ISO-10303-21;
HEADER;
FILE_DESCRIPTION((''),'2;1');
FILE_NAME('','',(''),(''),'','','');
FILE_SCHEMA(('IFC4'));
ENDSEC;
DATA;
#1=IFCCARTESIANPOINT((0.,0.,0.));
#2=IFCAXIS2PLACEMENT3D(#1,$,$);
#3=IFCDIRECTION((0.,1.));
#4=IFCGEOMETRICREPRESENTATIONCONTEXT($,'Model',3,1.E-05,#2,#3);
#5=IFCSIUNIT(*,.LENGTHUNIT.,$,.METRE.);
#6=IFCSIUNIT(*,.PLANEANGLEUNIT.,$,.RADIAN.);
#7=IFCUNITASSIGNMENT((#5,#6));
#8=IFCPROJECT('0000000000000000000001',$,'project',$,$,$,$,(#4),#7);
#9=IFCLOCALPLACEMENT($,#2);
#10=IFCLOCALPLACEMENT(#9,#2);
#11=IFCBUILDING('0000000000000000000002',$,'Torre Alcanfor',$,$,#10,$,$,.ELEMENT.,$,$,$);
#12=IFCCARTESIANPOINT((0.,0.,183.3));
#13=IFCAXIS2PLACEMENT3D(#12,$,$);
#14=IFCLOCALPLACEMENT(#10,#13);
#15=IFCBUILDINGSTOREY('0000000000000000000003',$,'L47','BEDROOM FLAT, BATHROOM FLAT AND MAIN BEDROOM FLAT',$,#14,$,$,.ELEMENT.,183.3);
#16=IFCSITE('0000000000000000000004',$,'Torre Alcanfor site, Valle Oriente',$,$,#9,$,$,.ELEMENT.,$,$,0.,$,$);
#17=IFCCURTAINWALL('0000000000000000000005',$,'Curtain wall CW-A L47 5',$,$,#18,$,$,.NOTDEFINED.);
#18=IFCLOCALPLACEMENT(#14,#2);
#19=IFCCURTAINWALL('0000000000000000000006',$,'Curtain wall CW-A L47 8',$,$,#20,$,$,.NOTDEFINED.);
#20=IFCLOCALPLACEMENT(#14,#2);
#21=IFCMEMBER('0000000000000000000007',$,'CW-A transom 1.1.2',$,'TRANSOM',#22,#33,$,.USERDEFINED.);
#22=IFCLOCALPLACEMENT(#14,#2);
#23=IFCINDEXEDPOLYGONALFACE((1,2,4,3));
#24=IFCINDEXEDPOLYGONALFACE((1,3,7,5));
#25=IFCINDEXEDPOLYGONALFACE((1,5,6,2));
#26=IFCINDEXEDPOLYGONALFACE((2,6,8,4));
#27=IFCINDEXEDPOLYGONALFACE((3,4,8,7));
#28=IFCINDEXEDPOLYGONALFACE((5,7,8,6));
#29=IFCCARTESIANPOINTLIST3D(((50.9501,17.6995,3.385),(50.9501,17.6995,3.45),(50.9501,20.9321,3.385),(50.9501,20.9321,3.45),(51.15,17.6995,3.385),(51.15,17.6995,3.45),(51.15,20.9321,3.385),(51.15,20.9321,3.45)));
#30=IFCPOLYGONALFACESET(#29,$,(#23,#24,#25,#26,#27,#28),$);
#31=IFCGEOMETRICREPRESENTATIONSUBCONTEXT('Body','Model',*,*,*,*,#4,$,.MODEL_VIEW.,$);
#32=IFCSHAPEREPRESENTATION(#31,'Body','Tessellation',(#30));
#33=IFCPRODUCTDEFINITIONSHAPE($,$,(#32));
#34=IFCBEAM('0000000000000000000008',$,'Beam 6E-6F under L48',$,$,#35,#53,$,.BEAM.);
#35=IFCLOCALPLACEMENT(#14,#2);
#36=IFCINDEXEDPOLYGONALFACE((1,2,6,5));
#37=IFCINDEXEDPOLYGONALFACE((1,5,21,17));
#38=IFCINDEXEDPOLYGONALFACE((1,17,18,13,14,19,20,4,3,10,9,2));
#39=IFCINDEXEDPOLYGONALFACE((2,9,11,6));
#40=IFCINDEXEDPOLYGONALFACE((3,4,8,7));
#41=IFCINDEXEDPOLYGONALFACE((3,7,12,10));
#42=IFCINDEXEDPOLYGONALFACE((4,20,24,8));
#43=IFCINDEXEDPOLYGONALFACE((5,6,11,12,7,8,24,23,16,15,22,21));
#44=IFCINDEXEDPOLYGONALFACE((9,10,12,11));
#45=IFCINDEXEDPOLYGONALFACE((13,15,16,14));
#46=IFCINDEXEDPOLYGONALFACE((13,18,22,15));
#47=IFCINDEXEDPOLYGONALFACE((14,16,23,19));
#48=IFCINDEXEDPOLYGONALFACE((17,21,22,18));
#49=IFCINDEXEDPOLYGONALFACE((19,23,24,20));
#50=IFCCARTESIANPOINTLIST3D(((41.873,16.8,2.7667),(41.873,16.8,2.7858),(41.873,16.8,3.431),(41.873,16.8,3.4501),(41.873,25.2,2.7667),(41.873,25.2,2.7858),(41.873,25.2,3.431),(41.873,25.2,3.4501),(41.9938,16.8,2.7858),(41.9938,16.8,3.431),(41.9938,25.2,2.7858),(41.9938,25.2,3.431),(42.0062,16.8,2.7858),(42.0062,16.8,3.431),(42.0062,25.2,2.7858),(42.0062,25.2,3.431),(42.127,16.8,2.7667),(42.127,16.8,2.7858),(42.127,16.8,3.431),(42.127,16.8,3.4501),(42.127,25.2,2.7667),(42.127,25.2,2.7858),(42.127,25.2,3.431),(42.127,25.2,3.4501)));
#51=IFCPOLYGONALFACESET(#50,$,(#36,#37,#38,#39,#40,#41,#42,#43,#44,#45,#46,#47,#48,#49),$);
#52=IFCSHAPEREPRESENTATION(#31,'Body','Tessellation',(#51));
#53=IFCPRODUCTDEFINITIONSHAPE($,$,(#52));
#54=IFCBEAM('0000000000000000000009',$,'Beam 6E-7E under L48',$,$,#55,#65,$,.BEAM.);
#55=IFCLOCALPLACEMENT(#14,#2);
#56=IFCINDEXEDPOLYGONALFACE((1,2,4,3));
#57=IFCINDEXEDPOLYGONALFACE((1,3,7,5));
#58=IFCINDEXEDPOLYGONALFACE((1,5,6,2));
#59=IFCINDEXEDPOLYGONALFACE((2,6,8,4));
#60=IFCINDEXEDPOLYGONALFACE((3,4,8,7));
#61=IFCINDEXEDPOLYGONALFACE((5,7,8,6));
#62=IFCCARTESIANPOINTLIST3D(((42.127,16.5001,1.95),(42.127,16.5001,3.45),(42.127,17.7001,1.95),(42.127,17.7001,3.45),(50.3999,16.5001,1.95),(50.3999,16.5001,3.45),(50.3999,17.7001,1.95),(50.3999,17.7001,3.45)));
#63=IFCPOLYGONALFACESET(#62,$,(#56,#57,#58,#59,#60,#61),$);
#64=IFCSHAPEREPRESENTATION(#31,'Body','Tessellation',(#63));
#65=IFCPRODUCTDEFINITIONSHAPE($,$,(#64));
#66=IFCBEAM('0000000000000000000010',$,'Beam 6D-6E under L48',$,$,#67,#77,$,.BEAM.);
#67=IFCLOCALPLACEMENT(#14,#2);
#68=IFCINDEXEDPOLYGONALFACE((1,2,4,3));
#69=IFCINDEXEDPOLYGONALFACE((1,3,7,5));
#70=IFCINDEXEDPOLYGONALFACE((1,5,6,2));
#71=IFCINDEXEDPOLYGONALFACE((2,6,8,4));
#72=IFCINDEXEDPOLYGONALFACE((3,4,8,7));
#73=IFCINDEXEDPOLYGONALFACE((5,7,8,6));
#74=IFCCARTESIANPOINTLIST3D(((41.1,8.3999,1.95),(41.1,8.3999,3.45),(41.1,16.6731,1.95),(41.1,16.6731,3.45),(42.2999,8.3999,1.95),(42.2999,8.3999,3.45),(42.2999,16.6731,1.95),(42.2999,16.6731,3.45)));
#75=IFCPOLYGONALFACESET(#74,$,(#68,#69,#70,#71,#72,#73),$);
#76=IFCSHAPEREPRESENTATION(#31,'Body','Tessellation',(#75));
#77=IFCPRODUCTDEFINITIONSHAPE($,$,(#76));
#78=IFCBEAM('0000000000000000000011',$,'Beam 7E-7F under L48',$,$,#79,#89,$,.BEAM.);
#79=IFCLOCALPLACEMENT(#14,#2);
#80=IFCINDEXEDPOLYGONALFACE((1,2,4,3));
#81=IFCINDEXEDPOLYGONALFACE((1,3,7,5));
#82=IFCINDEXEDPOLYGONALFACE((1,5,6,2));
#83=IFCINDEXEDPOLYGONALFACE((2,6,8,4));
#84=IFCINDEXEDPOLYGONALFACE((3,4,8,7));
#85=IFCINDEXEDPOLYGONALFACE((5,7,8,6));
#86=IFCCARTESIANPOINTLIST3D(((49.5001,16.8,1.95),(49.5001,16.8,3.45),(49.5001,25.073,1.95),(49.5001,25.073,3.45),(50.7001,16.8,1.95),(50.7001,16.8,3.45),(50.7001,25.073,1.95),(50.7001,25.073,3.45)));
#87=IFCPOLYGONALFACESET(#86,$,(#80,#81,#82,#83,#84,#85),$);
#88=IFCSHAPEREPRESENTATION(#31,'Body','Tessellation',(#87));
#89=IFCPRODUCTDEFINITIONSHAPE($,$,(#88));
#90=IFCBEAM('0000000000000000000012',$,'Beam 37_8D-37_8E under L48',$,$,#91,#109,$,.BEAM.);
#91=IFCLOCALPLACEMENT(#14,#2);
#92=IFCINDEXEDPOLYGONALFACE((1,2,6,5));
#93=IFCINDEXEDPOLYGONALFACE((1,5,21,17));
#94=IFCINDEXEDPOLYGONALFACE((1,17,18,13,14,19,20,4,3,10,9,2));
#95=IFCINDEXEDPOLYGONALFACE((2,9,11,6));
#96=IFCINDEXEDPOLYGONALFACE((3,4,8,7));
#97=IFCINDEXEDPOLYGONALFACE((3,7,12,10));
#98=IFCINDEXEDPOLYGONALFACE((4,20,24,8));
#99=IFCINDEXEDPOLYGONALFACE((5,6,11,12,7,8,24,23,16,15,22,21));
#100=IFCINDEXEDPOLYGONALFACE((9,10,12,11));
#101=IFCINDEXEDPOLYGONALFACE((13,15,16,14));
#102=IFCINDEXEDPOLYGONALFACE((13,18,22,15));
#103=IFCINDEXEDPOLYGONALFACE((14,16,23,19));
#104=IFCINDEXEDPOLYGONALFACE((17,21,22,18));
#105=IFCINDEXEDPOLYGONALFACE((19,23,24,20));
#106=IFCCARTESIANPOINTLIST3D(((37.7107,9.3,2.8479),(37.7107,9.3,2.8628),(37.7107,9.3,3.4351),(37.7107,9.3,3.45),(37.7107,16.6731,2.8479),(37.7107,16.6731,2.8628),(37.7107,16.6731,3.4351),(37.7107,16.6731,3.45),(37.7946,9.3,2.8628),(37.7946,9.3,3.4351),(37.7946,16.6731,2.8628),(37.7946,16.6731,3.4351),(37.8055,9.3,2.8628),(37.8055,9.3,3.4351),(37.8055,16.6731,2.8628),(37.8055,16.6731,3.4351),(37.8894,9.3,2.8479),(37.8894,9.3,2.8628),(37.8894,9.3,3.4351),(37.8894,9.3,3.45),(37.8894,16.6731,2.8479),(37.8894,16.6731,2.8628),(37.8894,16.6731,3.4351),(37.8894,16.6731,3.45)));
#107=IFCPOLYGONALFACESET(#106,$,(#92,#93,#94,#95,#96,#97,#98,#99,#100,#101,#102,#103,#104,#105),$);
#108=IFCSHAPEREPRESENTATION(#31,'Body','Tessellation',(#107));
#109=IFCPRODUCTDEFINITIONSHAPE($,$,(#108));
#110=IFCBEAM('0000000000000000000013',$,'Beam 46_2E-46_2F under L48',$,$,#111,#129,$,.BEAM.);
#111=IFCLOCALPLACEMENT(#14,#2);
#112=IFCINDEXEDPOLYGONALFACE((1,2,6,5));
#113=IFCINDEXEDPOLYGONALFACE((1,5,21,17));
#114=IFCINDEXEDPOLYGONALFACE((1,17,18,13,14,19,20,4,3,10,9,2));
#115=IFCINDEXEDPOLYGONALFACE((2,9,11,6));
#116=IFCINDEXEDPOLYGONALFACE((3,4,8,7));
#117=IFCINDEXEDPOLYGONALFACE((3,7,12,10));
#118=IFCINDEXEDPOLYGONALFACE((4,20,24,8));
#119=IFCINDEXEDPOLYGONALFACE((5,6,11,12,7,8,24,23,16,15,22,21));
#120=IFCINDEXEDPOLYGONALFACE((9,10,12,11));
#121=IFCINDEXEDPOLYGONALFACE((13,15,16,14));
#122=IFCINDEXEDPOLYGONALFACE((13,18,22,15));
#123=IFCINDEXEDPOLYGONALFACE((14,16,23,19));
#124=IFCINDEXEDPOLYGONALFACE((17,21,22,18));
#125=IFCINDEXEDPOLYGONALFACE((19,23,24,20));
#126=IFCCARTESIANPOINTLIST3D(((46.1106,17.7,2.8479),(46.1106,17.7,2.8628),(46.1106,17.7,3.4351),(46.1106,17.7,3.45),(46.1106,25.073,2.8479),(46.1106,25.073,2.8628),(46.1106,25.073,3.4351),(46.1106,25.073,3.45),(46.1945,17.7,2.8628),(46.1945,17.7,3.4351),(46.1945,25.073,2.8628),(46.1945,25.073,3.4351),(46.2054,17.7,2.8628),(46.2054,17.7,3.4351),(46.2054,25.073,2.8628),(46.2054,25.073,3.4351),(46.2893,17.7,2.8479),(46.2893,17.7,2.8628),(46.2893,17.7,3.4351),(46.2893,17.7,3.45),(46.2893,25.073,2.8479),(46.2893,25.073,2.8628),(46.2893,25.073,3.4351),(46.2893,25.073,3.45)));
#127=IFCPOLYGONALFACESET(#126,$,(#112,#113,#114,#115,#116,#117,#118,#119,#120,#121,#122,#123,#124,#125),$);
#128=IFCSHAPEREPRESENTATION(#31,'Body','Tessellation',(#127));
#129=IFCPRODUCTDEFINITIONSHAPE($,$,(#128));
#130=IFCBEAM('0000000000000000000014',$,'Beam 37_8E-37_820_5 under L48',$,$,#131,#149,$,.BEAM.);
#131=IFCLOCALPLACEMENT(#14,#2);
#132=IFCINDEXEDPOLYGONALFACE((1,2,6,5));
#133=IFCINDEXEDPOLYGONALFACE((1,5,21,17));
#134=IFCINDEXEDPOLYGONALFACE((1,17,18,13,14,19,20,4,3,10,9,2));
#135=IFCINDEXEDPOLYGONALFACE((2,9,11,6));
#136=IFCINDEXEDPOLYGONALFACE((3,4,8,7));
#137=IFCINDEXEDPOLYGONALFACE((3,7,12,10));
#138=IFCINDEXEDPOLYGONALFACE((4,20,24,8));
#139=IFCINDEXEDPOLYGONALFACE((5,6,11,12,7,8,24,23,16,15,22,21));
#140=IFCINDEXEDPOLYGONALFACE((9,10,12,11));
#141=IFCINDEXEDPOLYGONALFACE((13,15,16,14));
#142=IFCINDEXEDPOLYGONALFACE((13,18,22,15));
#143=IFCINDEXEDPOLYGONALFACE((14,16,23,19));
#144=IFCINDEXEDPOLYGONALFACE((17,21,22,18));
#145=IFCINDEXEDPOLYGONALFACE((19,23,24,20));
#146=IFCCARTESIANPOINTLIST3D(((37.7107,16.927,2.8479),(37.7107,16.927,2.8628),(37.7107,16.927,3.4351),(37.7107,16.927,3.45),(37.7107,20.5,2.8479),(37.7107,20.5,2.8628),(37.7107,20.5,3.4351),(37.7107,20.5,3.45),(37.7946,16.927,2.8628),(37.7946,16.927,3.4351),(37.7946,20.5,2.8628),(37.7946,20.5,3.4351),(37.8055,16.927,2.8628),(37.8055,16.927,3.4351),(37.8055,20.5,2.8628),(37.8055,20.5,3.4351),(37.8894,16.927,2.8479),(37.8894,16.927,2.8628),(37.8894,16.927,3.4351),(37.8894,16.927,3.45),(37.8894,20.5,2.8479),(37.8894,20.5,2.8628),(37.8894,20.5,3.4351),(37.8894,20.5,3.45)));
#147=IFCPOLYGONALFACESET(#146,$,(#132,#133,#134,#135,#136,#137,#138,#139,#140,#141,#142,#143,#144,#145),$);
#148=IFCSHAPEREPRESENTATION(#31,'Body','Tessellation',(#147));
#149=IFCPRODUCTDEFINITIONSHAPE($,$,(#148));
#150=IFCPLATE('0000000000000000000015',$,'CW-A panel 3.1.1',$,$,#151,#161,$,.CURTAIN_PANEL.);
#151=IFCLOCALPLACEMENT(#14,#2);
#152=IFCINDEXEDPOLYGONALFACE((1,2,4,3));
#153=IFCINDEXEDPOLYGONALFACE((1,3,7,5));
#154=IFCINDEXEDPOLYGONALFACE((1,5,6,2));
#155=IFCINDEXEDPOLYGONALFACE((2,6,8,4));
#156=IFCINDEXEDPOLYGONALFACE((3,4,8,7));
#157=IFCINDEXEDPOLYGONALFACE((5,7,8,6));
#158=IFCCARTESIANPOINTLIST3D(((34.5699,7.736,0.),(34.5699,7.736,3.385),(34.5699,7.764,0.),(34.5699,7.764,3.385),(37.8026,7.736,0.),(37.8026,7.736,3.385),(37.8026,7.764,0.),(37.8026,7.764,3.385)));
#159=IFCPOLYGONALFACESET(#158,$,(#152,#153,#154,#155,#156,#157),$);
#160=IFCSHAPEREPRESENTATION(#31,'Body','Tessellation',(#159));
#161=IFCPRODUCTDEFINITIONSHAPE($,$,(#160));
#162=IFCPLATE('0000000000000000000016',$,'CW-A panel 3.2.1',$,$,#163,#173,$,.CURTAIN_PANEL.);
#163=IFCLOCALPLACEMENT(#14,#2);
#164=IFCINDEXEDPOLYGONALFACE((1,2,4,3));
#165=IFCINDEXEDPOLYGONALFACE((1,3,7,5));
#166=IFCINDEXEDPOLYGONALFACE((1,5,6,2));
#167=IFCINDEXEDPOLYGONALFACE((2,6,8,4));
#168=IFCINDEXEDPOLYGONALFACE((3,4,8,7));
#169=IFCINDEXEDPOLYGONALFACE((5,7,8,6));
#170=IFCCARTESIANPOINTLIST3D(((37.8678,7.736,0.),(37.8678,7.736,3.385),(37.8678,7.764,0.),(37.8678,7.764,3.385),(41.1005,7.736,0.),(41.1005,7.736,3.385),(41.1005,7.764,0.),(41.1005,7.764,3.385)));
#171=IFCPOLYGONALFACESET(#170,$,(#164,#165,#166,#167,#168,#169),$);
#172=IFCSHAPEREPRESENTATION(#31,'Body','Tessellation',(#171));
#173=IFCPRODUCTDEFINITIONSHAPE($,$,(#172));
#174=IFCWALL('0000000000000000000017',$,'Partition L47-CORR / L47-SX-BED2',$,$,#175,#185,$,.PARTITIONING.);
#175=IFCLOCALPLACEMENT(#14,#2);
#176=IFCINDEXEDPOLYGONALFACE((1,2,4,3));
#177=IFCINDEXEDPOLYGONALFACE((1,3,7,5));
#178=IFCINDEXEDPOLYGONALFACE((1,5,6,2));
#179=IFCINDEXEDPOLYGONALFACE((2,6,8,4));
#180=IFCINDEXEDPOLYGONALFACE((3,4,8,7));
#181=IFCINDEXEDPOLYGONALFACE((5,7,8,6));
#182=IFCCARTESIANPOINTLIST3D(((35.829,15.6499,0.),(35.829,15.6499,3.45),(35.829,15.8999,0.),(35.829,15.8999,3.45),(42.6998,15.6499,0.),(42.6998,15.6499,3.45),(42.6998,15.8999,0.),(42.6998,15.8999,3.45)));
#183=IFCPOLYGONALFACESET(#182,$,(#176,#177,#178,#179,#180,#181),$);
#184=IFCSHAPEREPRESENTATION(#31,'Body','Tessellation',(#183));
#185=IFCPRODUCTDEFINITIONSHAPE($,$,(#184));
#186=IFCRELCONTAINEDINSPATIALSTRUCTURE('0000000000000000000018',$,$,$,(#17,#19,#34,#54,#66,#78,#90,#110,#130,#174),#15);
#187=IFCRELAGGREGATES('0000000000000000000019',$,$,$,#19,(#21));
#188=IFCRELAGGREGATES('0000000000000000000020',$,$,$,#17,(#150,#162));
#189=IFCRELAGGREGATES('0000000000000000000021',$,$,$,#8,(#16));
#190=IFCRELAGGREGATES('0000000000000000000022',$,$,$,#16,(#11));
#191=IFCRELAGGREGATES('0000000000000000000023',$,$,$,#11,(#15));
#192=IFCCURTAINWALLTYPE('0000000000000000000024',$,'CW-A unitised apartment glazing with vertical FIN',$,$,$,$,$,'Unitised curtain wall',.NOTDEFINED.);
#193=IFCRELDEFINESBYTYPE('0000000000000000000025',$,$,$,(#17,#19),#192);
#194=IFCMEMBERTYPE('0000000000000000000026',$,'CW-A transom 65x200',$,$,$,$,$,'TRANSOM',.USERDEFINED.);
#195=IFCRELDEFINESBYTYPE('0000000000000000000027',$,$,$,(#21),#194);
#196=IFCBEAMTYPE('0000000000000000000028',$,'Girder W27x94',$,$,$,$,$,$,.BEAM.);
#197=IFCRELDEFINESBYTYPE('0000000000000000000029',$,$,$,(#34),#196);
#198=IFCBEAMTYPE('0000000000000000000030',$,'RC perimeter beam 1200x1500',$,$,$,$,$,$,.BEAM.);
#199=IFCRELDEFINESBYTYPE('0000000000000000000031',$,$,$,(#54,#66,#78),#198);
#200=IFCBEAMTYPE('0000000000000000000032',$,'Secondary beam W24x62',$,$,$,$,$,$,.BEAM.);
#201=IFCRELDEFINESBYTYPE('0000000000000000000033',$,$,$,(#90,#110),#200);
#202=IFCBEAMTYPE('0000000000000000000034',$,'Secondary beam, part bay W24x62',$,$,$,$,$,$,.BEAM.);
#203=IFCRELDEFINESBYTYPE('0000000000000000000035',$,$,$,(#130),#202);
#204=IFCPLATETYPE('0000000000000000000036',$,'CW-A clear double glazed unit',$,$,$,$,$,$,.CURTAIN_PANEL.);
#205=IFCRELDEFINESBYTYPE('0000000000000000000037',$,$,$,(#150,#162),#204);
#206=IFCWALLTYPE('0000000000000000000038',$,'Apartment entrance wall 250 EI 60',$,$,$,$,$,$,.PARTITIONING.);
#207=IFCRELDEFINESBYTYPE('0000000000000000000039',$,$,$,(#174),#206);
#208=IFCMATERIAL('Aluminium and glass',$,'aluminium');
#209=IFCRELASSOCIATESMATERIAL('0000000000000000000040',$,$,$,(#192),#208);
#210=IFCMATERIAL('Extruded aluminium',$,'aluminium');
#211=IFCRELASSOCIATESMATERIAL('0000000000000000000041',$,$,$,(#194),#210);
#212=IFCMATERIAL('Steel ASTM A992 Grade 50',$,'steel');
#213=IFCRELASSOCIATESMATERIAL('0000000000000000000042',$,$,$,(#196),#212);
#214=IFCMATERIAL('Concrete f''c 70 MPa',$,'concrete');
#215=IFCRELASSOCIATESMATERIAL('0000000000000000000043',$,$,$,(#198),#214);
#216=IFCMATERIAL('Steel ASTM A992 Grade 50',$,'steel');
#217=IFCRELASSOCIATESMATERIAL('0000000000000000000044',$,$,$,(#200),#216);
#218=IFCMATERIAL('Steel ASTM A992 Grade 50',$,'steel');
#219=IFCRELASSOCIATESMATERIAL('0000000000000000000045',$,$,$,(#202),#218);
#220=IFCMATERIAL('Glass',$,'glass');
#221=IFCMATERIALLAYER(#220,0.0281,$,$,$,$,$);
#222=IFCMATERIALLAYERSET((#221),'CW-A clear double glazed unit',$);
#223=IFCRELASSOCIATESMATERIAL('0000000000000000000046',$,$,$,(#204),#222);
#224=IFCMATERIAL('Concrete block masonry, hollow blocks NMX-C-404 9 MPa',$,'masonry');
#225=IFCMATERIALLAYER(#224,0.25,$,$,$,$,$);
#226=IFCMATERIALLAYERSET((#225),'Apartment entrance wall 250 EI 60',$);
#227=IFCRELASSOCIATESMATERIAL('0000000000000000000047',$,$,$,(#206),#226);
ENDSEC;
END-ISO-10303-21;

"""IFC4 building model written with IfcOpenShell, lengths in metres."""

from ifc_helpers import new_model, si_unit, direction, frame, frame_2d, origin, origin_2d, place, context, subcontext, project, spatial, rectangle, i_section, extrude, material, layer, layer_set, material_profile, profile_set, type_object, element, aggregate, save


model = new_model("IFC4")

# Units and contexts
model_context = context("Model", 3, precision=1e-05, world=origin(), true_north=direction((0.0, 1.0)))
body_context = subcontext(model_context, "Body", "Model", "MODEL_VIEW")
ifc_project = project(units=[si_unit("LENGTHUNIT", "METRE"), si_unit("PLANEANGLEUNIT", "RADIAN")], contexts=[model_context])

# Site, building, storey
site_placement = place(None, origin())
site = spatial("IfcSite", under=ifc_project, at=site_placement, Name="Torre Alcanfor site, Valle Oriente", CompositionType="ELEMENT", RefElevation=0.0)
building_placement = place(site_placement, origin())
building = spatial("IfcBuilding", under=site, at=building_placement, Name="Torre Alcanfor", CompositionType="ELEMENT")
storey_placement = place(building_placement, frame((0.0, 0.0, 183.3)))
storey = spatial("IfcBuildingStorey", under=building, at=storey_placement, Name="L47", Description="BEDROOM FLAT, BATHROOM FLAT AND MAIN BEDROOM FLAT", CompositionType="ELEMENT", Elevation=183.3)

# Curtain wall
ifc_material_1 = material(Name="Aluminium and glass", Category="aluminium")
curtain_wall_type = type_object("IfcCurtainWallType", Name="CW-A unitised apartment glazing with vertical FIN", ElementType="Unitised curtain wall", PredefinedType="NOTDEFINED", material=ifc_material_1)
curtain_wall_1_placement = place(storey_placement, origin())
curtain_wall_1 = element("IfcCurtainWall", 1, at=curtain_wall_1_placement, inside=storey, type_object=curtain_wall_type, Name="Curtain wall CW-A L47 5", PredefinedType="NOTDEFINED")

# Curtain wall
curtain_wall_2_placement = place(storey_placement, origin())
curtain_wall_2 = element("IfcCurtainWall", 2, at=curtain_wall_2_placement, inside=storey, type_object=curtain_wall_type, Name="Curtain wall CW-A L47 8", PredefinedType="NOTDEFINED")

# Member
ifc_material_2 = material(Name="Extruded aluminium", Category="aluminium")
ifc_material_profile_1 = material_profile(ifc_material_2, rectangle(XDim=0.2, YDim=0.0649, at=origin_2d()), Name="CW-A transom 200x65")
ifc_profile_set_1 = profile_set([ifc_material_profile_1], Name="Extruded aluminium")
member_type_1 = type_object("IfcMemberType", Name="CW-A transom 65x200", ElementType="TRANSOM", PredefinedType="USERDEFINED", material=ifc_profile_set_1)
member_1_placement = place(storey_placement, frame((51.05, 17.6995, 3.4175), z_axis=(0.0, 1.0, 0.0), x_axis=(-1.0, 0.0, 0.0)))
member_1 = element("IfcMember", 3, at=member_1_placement, type_object=member_type_1, Name="CW-A transom 1.1.2", ObjectType="TRANSOM", PredefinedType="USERDEFINED", context=body_context, shape_type="SweptSolid", body=[
    extrude(rectangle(XDim=0.2, YDim=0.0649, at=origin_2d()), origin(), (0.0, 0.0, 1.0), 3.2327),
])
aggregate(curtain_wall_2, [member_1])

# Beams
ifc_material_3 = material(Name="Steel ASTM A992 Grade 50", Category="steel")
ifc_material_profile_2 = material_profile(ifc_material_3, i_section(OverallWidth=0.2539, OverallDepth=0.6833, WebThickness=0.0125, FlangeThickness=0.019, at=origin_2d()), Name="W27x94")
ifc_profile_set_2 = profile_set([ifc_material_profile_2], Name="Steel ASTM A992 Grade 50")
beam_type_1 = type_object("IfcBeamType", Name="Girder W27x94", PredefinedType="BEAM", material=ifc_profile_set_2)
beam_1_placement = place(storey_placement, frame((42.0, 16.8, 3.1084), z_axis=(0.0, 1.0, 0.0), x_axis=(-1.0, 0.0, 0.0)))
element("IfcBeam", 4, at=beam_1_placement, inside=storey, type_object=beam_type_1, Name="Beam 6E-6F under L48", PredefinedType="BEAM", context=body_context, shape_type="SweptSolid", body=[
    extrude(i_section(OverallWidth=0.2539, OverallDepth=0.6833, WebThickness=0.0125, FlangeThickness=0.019, at=origin_2d()), origin(), (0.0, 0.0, 1.0), 8.3999),
])
ifc_material_4 = material(Name="Concrete f'c 70 MPa", Category="concrete")
ifc_material_profile_3 = material_profile(ifc_material_4, rectangle(XDim=1.2, YDim=1.5, at=origin_2d()), Name="1200x1500")
ifc_profile_set_3 = profile_set([ifc_material_profile_3], Name="Concrete f'c 70 MPa")
beam_type_2 = type_object("IfcBeamType", Name="RC perimeter beam 1200x1500", PredefinedType="BEAM", material=ifc_profile_set_3)
beam_2_placement = place(storey_placement, frame((42.127, 17.1001, 2.7), z_axis=(1.0, 0.0, 0.0), x_axis=(0.0, 1.0, 0.0)))
element("IfcBeam", 5, at=beam_2_placement, inside=storey, type_object=beam_type_2, Name="Beam 6E-7E under L48", PredefinedType="BEAM", context=body_context, shape_type="SweptSolid", body=[
    extrude(rectangle(XDim=1.2, YDim=1.5, at=origin_2d()), origin(), (0.0, 0.0, 1.0), 8.2729),
])
beam_3_placement = place(storey_placement, frame((41.7, 8.3999, 2.7), z_axis=(0.0, 1.0, 0.0), x_axis=(-1.0, 0.0, 0.0)))
element("IfcBeam", 6, at=beam_3_placement, inside=storey, type_object=beam_type_2, Name="Beam 6D-6E under L48", PredefinedType="BEAM", context=body_context, shape_type="SweptSolid", body=[
    extrude(rectangle(XDim=1.2, YDim=1.5, at=origin_2d()), origin(), (0.0, 0.0, 1.0), 8.2732),
])
beam_4_placement = place(storey_placement, frame((50.1001, 16.8, 2.7), z_axis=(0.0, 1.0, 0.0), x_axis=(-1.0, 0.0, 0.0)))
element("IfcBeam", 7, at=beam_4_placement, inside=storey, type_object=beam_type_2, Name="Beam 7E-7F under L48", PredefinedType="BEAM", context=body_context, shape_type="SweptSolid", body=[
    extrude(rectangle(XDim=1.2, YDim=1.5, at=origin_2d()), origin(), (0.0, 0.0, 1.0), 8.2729),
])
ifc_material_5 = material(Name="Steel ASTM A992 Grade 50", Category="steel")
ifc_material_profile_4 = material_profile(ifc_material_5, i_section(OverallWidth=0.1787, OverallDepth=0.6021, WebThickness=0.011, FlangeThickness=0.0149, at=origin_2d()), Name="W24x62")
ifc_profile_set_4 = profile_set([ifc_material_profile_4], Name="Steel ASTM A992 Grade 50")
beam_type_3 = type_object("IfcBeamType", Name="Secondary beam W24x62", PredefinedType="BEAM", material=ifc_profile_set_4)
for number, where, z_axis, x_axis, name in (
    (8, (37.8, 9.3, 3.1489), (0.0, 1.0, 0.0), (-1.0, 0.0, 0.0), "Beam 37_8D-37_8E under L48"),
    (9, (46.2, 17.7, 3.1489), (0.0, 1.0, 0.0), (-1.0, 0.0, 0.0), "Beam 46_2E-46_2F under L48"),
):
    element("IfcBeam", number, at=place(storey_placement, frame(where, z_axis=z_axis, x_axis=x_axis)), inside=storey, type_object=beam_type_3, Name=name, PredefinedType="BEAM", context=body_context, shape_type="SweptSolid", body=[
        extrude(i_section(OverallWidth=0.1787, OverallDepth=0.6021, WebThickness=0.011, FlangeThickness=0.0149, at=origin_2d()), origin(), (0.0, 0.0, 1.0), 7.373),
    ])
ifc_material_6 = material(Name="Steel ASTM A992 Grade 50", Category="steel")
ifc_material_profile_5 = material_profile(ifc_material_6, i_section(OverallWidth=0.1787, OverallDepth=0.6021, WebThickness=0.011, FlangeThickness=0.0149, at=origin_2d()), Name="W24x62")
ifc_profile_set_5 = profile_set([ifc_material_profile_5], Name="Steel ASTM A992 Grade 50")
beam_type_4 = type_object("IfcBeamType", Name="Secondary beam, part bay W24x62", PredefinedType="BEAM", material=ifc_profile_set_5)
beam_5_placement = place(storey_placement, frame((37.8, 16.927, 3.1489), z_axis=(0.0, 1.0, 0.0), x_axis=(-1.0, 0.0, 0.0)))
element("IfcBeam", 10, at=beam_5_placement, inside=storey, type_object=beam_type_4, Name="Beam 37_8E-37_820_5 under L48", PredefinedType="BEAM", context=body_context, shape_type="SweptSolid", body=[
    extrude(i_section(OverallWidth=0.1787, OverallDepth=0.6021, WebThickness=0.011, FlangeThickness=0.0149, at=origin_2d()), origin(), (0.0, 0.0, 1.0), 3.573),
])

# Plates
ifc_material_7 = material(Name="Glass", Category="glass")
ifc_layer_1 = layer(ifc_material_7, 0.0281)
ifc_layer_set_1 = layer_set([ifc_layer_1], Name="CW-A clear double glazed unit")
plate_type = type_object("IfcPlateType", Name="CW-A clear double glazed unit", PredefinedType="CURTAIN_PANEL", material=ifc_layer_set_1)
plate_1_placement = place(storey_placement, frame((36.1863, 7.75, 0.0), z_axis=(0.0, 0.0, 1.0), x_axis=(1.0, 0.0, 0.0)))
plate_1 = element("IfcPlate", 11, at=plate_1_placement, type_object=plate_type, Name="CW-A panel 3.1.1", PredefinedType="CURTAIN_PANEL", context=body_context, shape_type="SweptSolid", body=[
    extrude(rectangle(XDim=3.2327, YDim=0.0281, at=origin_2d()), origin(), (0.0, 0.0, 1.0), 3.385),
])
plate_2_placement = place(storey_placement, frame((39.4841, 7.75, 0.0), z_axis=(0.0, 0.0, 1.0), x_axis=(1.0, 0.0, 0.0)))
plate_2 = element("IfcPlate", 12, at=plate_2_placement, type_object=plate_type, Name="CW-A panel 3.2.1", PredefinedType="CURTAIN_PANEL", context=body_context, shape_type="SweptSolid", body=[
    extrude(rectangle(XDim=3.2327, YDim=0.0281, at=origin_2d()), origin(), (0.0, 0.0, 1.0), 3.385),
])
aggregate(curtain_wall_1, [plate_1, plate_2])

# Wall
ifc_material_8 = material(Name="Concrete block masonry, hollow blocks NMX-C-404 9 MPa", Category="masonry")
ifc_layer_2 = layer(ifc_material_8, 0.25)
ifc_layer_set_2 = layer_set([ifc_layer_2], Name="Apartment entrance wall 250 EI 60")
wall_type_1 = type_object("IfcWallType", Name="Apartment entrance wall 250 EI 60", PredefinedType="PARTITIONING", material=ifc_layer_set_2)
wall_1_placement = place(storey_placement, frame((42.7, 15.7749, 0.0), z_axis=(0.0, 0.0, 1.0), x_axis=(-1.0, 0.0, 0.0)))
element("IfcWall", 13, at=wall_1_placement, inside=storey, type_object=wall_type_1, Name="Partition L47-CORR / L47-SX-BED2", PredefinedType="PARTITIONING", context=body_context, shape_type="SweptSolid", body=[
    extrude(rectangle(XDim=6.8708, YDim=0.25, at=frame_2d((3.4355, 0.0))), origin(), (0.0, 0.0, 1.0), 3.45),
])

save(model, "model.ifc")
